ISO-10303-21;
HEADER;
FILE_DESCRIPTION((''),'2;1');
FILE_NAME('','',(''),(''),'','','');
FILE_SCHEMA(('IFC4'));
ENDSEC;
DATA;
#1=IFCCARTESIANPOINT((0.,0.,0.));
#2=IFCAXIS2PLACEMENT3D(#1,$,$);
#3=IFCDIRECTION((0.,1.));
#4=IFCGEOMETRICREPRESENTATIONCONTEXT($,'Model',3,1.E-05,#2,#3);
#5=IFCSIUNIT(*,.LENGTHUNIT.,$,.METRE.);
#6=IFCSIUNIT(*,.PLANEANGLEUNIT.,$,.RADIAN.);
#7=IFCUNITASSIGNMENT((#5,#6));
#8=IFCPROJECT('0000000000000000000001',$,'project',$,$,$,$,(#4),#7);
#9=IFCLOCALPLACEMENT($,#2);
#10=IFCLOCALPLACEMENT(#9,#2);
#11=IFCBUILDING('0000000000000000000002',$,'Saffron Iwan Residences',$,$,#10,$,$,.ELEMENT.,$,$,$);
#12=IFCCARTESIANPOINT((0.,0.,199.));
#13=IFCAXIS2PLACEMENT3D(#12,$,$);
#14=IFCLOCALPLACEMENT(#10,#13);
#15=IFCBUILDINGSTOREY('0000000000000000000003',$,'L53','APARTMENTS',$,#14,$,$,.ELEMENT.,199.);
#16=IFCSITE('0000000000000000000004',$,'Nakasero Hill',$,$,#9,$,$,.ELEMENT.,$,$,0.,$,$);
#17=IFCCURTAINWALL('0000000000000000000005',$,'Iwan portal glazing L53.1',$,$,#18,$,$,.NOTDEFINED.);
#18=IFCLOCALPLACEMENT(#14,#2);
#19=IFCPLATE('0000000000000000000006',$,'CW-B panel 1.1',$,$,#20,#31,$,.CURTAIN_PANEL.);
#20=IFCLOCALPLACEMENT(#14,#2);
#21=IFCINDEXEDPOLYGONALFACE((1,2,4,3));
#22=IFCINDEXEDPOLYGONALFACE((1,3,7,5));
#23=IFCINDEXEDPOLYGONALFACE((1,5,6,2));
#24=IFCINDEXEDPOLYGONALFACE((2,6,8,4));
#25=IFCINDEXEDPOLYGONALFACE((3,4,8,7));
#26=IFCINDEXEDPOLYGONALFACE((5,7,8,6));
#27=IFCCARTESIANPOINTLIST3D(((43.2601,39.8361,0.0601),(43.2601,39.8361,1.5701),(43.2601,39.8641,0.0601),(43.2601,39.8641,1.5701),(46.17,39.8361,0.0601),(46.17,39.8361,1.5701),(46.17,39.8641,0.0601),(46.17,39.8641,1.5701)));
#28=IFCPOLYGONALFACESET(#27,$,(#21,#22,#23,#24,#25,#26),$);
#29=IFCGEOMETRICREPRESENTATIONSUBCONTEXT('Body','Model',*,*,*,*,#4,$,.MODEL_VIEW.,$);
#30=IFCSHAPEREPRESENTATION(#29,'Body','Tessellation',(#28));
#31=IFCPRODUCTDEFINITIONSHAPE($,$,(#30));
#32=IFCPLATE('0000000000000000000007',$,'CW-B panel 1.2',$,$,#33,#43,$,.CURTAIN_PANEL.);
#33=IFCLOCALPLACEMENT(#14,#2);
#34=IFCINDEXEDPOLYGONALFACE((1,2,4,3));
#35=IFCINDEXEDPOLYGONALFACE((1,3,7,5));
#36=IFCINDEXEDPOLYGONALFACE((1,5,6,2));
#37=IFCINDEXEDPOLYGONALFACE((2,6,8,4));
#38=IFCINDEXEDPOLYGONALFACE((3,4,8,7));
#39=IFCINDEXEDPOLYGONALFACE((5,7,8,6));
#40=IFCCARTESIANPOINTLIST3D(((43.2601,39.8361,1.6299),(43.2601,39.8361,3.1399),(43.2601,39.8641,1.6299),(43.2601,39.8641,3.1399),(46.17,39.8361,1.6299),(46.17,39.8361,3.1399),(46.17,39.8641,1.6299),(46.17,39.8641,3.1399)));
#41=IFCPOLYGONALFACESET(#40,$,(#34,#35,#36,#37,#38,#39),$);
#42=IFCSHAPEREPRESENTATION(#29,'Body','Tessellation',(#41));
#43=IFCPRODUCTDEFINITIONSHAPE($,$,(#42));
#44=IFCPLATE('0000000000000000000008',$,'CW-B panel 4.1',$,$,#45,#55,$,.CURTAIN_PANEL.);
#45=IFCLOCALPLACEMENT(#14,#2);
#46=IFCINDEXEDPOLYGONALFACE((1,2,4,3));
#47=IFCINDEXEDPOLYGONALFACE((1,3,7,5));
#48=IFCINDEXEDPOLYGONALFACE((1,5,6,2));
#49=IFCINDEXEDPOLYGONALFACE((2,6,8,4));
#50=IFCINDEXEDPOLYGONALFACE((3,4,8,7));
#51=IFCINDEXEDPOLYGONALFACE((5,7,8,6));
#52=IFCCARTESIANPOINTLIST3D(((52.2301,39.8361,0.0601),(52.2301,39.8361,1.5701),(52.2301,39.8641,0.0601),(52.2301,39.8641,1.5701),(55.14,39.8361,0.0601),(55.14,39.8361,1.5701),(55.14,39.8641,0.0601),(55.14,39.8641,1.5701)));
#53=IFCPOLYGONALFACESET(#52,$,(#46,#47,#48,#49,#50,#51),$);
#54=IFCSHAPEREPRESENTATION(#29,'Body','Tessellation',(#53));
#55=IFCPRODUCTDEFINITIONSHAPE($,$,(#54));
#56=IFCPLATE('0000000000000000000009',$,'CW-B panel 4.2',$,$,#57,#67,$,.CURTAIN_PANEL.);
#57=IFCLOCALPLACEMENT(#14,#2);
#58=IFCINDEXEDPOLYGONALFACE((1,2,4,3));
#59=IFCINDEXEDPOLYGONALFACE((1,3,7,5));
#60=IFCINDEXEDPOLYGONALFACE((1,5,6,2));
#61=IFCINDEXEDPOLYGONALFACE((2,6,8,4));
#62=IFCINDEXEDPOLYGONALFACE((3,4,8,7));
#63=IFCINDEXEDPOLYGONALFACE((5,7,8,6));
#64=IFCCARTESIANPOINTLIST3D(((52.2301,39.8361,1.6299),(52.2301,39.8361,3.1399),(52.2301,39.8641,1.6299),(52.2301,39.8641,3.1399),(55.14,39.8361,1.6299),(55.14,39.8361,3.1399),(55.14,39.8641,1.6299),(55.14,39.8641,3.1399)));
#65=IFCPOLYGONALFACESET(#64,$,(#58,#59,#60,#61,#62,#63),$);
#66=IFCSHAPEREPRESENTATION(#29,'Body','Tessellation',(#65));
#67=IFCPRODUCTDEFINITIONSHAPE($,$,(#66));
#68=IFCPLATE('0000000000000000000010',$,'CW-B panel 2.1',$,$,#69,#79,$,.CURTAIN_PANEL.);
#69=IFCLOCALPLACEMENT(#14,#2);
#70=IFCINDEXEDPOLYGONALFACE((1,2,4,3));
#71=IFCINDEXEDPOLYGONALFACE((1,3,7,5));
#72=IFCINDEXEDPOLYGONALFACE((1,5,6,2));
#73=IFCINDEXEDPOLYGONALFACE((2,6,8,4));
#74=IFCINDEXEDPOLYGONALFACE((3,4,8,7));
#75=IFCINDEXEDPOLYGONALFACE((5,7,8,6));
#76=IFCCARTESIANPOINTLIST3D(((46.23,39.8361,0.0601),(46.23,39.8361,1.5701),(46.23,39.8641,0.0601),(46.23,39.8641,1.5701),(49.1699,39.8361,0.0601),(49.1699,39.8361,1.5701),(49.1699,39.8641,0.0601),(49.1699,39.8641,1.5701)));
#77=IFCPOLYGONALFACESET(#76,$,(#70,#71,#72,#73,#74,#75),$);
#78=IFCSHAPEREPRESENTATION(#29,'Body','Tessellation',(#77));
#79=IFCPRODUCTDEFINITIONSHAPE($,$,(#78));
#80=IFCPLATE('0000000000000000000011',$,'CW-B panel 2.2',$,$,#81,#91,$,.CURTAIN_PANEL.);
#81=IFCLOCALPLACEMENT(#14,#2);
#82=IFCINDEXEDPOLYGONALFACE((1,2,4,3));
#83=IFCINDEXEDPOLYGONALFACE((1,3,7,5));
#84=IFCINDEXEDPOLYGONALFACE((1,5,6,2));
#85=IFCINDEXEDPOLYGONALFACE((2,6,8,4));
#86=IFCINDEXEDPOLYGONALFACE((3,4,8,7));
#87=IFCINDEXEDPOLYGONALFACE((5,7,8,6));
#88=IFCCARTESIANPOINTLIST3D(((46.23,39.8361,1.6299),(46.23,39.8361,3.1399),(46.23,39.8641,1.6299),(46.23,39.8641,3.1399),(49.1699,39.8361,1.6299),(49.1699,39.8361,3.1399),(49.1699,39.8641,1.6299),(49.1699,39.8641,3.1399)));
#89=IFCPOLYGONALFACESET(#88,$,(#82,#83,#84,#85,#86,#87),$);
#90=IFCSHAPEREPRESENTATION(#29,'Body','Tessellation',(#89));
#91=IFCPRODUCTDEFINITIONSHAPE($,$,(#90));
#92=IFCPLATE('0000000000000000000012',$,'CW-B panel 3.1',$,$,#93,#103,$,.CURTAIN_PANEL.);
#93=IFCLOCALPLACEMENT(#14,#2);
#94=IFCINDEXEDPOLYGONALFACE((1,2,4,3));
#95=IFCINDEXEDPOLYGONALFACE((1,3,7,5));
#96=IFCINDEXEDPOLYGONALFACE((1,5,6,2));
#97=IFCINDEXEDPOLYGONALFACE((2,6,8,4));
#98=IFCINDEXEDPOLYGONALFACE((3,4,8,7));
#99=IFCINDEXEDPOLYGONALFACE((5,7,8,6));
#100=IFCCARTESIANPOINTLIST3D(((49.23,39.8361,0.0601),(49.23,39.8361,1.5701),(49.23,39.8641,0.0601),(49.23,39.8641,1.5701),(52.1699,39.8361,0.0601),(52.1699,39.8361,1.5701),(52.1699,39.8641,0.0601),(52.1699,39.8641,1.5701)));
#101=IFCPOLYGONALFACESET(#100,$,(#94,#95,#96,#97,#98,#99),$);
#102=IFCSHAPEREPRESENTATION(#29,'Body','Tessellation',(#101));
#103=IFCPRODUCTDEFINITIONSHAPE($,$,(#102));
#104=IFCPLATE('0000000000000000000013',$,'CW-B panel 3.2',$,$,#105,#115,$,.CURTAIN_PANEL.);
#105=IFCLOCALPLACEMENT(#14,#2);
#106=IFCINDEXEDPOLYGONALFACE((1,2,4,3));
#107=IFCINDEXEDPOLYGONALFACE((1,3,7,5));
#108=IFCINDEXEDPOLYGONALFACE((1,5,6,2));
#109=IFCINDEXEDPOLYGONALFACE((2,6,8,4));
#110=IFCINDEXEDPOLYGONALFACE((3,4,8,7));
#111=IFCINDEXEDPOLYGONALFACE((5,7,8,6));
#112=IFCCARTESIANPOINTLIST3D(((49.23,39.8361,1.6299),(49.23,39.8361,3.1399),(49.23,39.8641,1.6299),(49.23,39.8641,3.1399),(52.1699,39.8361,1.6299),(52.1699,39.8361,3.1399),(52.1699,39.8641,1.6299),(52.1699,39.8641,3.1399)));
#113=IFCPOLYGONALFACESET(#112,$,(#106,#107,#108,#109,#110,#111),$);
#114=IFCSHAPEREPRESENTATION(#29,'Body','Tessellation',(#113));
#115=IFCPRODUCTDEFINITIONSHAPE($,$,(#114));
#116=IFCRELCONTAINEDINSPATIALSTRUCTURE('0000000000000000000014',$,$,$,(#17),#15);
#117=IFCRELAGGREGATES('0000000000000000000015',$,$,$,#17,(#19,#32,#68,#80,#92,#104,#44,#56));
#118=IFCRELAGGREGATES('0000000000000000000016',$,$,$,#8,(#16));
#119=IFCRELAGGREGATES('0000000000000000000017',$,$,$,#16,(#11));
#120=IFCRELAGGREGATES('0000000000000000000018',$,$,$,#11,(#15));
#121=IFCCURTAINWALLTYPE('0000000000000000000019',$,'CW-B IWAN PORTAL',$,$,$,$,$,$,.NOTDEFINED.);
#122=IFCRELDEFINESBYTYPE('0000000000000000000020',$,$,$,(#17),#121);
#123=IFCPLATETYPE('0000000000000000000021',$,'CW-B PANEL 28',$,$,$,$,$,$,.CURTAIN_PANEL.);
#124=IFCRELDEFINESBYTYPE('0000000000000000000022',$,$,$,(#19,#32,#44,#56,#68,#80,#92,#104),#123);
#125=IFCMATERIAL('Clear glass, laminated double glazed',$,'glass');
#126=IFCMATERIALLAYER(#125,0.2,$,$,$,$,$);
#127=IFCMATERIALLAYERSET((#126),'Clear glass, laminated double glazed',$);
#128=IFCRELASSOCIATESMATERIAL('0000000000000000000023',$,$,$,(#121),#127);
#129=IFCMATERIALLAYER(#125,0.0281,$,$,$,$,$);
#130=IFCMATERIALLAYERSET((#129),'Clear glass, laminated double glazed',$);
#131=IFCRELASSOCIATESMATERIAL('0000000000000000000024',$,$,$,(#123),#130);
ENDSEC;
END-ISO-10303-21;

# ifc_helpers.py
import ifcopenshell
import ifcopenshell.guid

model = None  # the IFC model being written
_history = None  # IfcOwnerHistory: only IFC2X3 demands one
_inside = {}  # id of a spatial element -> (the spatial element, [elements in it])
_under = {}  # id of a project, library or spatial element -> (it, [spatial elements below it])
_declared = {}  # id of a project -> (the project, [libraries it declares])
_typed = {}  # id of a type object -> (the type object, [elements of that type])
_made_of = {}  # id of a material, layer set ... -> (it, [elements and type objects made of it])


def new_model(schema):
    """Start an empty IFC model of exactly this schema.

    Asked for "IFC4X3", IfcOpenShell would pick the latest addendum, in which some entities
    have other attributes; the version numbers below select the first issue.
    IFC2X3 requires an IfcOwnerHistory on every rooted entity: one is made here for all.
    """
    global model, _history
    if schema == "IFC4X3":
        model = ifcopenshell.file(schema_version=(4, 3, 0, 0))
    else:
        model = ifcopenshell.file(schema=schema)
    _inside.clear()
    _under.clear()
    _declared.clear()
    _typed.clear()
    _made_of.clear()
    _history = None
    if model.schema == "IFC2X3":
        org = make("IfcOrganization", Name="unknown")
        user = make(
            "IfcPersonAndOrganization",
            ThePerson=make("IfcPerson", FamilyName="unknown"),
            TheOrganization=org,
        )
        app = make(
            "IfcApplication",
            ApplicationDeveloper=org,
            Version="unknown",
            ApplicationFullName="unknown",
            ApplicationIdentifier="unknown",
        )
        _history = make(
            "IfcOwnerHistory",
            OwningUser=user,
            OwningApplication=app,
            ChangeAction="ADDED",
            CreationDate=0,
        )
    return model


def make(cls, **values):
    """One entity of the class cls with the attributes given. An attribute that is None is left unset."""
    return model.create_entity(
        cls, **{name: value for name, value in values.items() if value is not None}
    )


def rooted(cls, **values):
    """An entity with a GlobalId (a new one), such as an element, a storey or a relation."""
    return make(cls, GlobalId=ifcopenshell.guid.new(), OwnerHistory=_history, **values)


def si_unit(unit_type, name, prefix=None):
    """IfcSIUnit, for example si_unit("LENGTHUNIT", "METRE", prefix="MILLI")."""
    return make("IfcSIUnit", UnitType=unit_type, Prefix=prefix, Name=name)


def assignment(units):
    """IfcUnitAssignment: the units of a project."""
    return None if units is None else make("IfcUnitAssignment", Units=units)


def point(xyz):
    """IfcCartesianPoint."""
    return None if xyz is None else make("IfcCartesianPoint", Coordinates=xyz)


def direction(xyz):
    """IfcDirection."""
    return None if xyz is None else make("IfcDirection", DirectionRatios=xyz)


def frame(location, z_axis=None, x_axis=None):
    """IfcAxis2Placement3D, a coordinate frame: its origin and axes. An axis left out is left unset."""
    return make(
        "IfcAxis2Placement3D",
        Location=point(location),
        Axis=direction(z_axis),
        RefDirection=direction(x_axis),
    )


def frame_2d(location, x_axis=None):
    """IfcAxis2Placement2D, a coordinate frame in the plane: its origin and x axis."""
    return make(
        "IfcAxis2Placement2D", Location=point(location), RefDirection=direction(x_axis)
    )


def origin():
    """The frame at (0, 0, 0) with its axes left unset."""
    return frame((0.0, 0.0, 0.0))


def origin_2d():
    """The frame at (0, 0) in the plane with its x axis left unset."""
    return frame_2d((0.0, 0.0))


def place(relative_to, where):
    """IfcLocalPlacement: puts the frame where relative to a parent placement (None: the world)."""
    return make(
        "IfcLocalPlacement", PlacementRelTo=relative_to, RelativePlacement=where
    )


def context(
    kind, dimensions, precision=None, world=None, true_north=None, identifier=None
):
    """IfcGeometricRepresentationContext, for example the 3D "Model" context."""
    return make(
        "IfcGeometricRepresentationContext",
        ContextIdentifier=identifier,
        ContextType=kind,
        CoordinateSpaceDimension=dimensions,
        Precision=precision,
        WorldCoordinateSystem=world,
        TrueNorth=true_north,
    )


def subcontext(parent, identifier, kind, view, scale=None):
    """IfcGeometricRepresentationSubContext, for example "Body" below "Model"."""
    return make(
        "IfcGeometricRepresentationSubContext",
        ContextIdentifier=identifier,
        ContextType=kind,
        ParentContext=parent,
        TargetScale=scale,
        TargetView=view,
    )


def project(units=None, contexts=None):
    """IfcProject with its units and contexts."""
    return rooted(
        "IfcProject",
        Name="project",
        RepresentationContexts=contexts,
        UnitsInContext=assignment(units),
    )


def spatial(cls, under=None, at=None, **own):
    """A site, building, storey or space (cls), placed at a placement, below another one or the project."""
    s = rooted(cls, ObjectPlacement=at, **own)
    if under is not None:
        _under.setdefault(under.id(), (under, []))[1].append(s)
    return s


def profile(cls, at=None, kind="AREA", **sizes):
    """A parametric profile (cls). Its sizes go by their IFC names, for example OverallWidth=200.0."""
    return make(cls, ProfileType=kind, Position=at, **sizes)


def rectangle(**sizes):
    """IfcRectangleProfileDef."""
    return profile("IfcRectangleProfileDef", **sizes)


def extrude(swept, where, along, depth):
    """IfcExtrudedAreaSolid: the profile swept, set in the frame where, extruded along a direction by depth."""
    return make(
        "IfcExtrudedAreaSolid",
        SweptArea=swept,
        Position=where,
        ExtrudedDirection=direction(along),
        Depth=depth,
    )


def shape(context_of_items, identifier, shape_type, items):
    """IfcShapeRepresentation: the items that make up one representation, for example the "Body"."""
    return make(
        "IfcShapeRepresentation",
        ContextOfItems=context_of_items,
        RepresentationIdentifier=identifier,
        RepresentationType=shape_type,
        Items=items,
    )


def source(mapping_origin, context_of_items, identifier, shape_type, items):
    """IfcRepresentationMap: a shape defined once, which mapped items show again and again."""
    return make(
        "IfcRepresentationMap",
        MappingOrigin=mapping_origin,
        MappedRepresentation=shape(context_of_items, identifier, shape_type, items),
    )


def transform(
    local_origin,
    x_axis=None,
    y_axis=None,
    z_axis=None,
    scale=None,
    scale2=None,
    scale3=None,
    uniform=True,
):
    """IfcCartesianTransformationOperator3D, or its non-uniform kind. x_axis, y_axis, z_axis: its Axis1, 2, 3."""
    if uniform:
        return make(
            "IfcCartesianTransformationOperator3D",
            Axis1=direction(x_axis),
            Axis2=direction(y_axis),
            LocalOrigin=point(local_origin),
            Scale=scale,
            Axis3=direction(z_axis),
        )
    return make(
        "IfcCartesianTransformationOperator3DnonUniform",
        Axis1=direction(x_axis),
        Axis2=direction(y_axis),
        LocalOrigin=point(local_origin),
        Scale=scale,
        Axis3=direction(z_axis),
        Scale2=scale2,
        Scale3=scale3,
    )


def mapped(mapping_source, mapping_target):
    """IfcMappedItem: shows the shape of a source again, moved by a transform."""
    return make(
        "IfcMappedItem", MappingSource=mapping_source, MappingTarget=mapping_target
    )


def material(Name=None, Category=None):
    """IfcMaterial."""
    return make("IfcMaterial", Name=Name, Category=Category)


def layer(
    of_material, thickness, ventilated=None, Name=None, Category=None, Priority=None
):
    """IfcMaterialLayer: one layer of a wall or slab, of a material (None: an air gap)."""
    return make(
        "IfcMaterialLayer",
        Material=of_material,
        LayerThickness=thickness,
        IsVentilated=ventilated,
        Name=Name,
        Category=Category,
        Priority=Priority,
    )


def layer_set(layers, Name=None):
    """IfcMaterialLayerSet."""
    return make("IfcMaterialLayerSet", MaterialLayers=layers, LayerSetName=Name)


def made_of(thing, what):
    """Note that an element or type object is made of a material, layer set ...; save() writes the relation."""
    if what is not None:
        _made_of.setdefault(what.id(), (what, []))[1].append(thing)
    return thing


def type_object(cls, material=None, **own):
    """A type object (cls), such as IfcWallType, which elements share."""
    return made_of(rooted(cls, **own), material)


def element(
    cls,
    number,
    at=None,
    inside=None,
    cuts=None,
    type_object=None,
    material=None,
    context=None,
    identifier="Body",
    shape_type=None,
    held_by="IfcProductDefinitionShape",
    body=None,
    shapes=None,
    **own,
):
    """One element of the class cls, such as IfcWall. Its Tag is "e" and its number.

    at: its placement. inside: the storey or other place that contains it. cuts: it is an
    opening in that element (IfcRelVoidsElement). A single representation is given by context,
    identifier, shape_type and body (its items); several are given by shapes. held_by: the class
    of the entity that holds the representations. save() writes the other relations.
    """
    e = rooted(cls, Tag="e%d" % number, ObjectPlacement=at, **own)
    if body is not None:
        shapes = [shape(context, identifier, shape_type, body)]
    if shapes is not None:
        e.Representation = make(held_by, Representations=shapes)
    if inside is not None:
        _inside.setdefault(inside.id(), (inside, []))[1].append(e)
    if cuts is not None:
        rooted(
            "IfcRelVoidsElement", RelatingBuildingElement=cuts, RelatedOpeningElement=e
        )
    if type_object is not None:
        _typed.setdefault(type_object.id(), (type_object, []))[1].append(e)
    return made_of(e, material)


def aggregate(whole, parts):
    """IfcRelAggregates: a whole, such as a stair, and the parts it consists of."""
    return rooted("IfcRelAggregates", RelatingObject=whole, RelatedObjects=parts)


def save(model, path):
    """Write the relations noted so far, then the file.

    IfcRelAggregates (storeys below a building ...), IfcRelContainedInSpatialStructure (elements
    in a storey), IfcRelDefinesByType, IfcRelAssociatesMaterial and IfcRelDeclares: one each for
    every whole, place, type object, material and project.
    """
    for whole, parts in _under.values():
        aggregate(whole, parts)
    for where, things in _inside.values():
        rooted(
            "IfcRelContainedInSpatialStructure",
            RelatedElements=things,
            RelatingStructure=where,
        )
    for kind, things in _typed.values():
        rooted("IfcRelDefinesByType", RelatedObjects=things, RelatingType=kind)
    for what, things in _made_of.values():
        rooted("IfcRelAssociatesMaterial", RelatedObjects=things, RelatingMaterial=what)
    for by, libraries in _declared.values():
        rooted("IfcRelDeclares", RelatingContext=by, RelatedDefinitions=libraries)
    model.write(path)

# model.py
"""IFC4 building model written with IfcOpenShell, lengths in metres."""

from ifc_helpers import new_model, si_unit, direction, frame, origin, origin_2d, place, context, subcontext, project, spatial, rectangle, extrude, source, transform, mapped, material, layer, layer_set, type_object, element, aggregate, save


model = new_model("IFC4")

# Units and contexts
model_context = context("Model", 3, precision=1e-05, world=origin(), true_north=direction((0.0, 1.0)))
body_context = subcontext(model_context, "Body", "Model", "MODEL_VIEW")
ifc_project = project(units=[si_unit("LENGTHUNIT", "METRE"), si_unit("PLANEANGLEUNIT", "RADIAN")], contexts=[model_context])

# Site, building, storey
site_placement = place(None, origin())
site = spatial("IfcSite", under=ifc_project, at=site_placement, Name="Nakasero Hill", CompositionType="ELEMENT", RefElevation=0.0)
building_placement = place(site_placement, origin())
building = spatial("IfcBuilding", under=site, at=building_placement, Name="Saffron Iwan Residences", CompositionType="ELEMENT")
storey_placement = place(building_placement, frame((0.0, 0.0, 199.0)))
storey = spatial("IfcBuildingStorey", under=building, at=storey_placement, Name="L53", Description="APARTMENTS", CompositionType="ELEMENT", Elevation=199.0)

# Curtain wall, plates
ifc_material_1 = material(Name="Clear glass, laminated double glazed", Category="glass")
ifc_layer_1 = layer(ifc_material_1, 0.2)
ifc_layer_set_1 = layer_set([ifc_layer_1], Name="Clear glass, laminated double glazed")
curtain_wall_type = type_object("IfcCurtainWallType", Name="CW-B IWAN PORTAL", PredefinedType="NOTDEFINED", material=ifc_layer_set_1)
curtain_wall_placement = place(storey_placement, origin())
curtain_wall = element("IfcCurtainWall", 1, at=curtain_wall_placement, inside=storey, type_object=curtain_wall_type, Name="Iwan portal glazing L53.1", PredefinedType="NOTDEFINED")
ifc_layer_2 = layer(ifc_material_1, 0.0281)
ifc_layer_set_2 = layer_set([ifc_layer_2], Name="Clear glass, laminated double glazed")
plate_type = type_object("IfcPlateType", Name="CW-B PANEL 28", PredefinedType="CURTAIN_PANEL", material=ifc_layer_set_2)
shared_shape_1 = source(origin(), body_context, "Body", "SweptSolid", [
    extrude(rectangle(XDim=2.9099, YDim=0.0281, at=origin_2d()), origin(), (0.0, 0.0, 1.0), 1.51),
])
plate_1_placement = place(storey_placement, frame((44.7151, 39.8501, 0.0601), z_axis=(0.0, 0.0, 1.0), x_axis=(1.0, 0.0, 0.0)))
plate_1 = element("IfcPlate", 2, at=plate_1_placement, type_object=plate_type, Name="CW-B panel 1.1", PredefinedType="CURTAIN_PANEL", context=body_context, shape_type="MappedRepresentation", body=[
    mapped(shared_shape_1, transform((0.0, 0.0, 0.0))),
])
plate_2_placement = place(storey_placement, frame((44.7151, 39.8501, 1.6299), z_axis=(0.0, 0.0, 1.0), x_axis=(1.0, 0.0, 0.0)))
plate_2 = element("IfcPlate", 3, at=plate_2_placement, type_object=plate_type, Name="CW-B panel 1.2", PredefinedType="CURTAIN_PANEL", context=body_context, shape_type="MappedRepresentation", body=[
    mapped(shared_shape_1, transform((0.0, 0.0, 0.0))),
])
plate_3_placement = place(storey_placement, frame((53.6851, 39.8501, 0.0601), z_axis=(0.0, 0.0, 1.0), x_axis=(1.0, 0.0, 0.0)))
plate_3 = element("IfcPlate", 4, at=plate_3_placement, type_object=plate_type, Name="CW-B panel 4.1", PredefinedType="CURTAIN_PANEL", context=body_context, shape_type="MappedRepresentation", body=[
    mapped(shared_shape_1, transform((0.0, 0.0, 0.0))),
])
plate_4_placement = place(storey_placement, frame((53.6851, 39.8501, 1.6299), z_axis=(0.0, 0.0, 1.0), x_axis=(1.0, 0.0, 0.0)))
plate_4 = element("IfcPlate", 5, at=plate_4_placement, type_object=plate_type, Name="CW-B panel 4.2", PredefinedType="CURTAIN_PANEL", context=body_context, shape_type="MappedRepresentation", body=[
    mapped(shared_shape_1, transform((0.0, 0.0, 0.0))),
])
shared_shape_2 = source(origin(), body_context, "Body", "SweptSolid", [
    extrude(rectangle(XDim=2.9399, YDim=0.0281, at=origin_2d()), origin(), (0.0, 0.0, 1.0), 1.51),
])
plate_5_placement = place(storey_placement, frame((47.7, 39.8501, 0.0601), z_axis=(0.0, 0.0, 1.0), x_axis=(1.0, 0.0, 0.0)))
plate_5 = element("IfcPlate", 6, at=plate_5_placement, type_object=plate_type, Name="CW-B panel 2.1", PredefinedType="CURTAIN_PANEL", context=body_context, shape_type="MappedRepresentation", body=[
    mapped(shared_shape_2, transform((0.0, 0.0, 0.0))),
])
plate_6_placement = place(storey_placement, frame((47.7, 39.8501, 1.6299), z_axis=(0.0, 0.0, 1.0), x_axis=(1.0, 0.0, 0.0)))
plate_6 = element("IfcPlate", 7, at=plate_6_placement, type_object=plate_type, Name="CW-B panel 2.2", PredefinedType="CURTAIN_PANEL", context=body_context, shape_type="MappedRepresentation", body=[
    mapped(shared_shape_2, transform((0.0, 0.0, 0.0))),
])
plate_7_placement = place(storey_placement, frame((50.7, 39.8501, 0.0601), z_axis=(0.0, 0.0, 1.0), x_axis=(1.0, 0.0, 0.0)))
plate_7 = element("IfcPlate", 8, at=plate_7_placement, type_object=plate_type, Name="CW-B panel 3.1", PredefinedType="CURTAIN_PANEL", context=body_context, shape_type="MappedRepresentation", body=[
    mapped(shared_shape_2, transform((0.0, 0.0, 0.0))),
])
plate_8_placement = place(storey_placement, frame((50.7, 39.8501, 1.6299), z_axis=(0.0, 0.0, 1.0), x_axis=(1.0, 0.0, 0.0)))
plate_8 = element("IfcPlate", 9, at=plate_8_placement, type_object=plate_type, Name="CW-B panel 3.2", PredefinedType="CURTAIN_PANEL", context=body_context, shape_type="MappedRepresentation", body=[
    mapped(shared_shape_2, transform((0.0, 0.0, 0.0))),
])
aggregate(curtain_wall, [plate_1, plate_2, plate_5, plate_6, plate_7, plate_8, plate_3, plate_4])

save(model, "model.ifc")
